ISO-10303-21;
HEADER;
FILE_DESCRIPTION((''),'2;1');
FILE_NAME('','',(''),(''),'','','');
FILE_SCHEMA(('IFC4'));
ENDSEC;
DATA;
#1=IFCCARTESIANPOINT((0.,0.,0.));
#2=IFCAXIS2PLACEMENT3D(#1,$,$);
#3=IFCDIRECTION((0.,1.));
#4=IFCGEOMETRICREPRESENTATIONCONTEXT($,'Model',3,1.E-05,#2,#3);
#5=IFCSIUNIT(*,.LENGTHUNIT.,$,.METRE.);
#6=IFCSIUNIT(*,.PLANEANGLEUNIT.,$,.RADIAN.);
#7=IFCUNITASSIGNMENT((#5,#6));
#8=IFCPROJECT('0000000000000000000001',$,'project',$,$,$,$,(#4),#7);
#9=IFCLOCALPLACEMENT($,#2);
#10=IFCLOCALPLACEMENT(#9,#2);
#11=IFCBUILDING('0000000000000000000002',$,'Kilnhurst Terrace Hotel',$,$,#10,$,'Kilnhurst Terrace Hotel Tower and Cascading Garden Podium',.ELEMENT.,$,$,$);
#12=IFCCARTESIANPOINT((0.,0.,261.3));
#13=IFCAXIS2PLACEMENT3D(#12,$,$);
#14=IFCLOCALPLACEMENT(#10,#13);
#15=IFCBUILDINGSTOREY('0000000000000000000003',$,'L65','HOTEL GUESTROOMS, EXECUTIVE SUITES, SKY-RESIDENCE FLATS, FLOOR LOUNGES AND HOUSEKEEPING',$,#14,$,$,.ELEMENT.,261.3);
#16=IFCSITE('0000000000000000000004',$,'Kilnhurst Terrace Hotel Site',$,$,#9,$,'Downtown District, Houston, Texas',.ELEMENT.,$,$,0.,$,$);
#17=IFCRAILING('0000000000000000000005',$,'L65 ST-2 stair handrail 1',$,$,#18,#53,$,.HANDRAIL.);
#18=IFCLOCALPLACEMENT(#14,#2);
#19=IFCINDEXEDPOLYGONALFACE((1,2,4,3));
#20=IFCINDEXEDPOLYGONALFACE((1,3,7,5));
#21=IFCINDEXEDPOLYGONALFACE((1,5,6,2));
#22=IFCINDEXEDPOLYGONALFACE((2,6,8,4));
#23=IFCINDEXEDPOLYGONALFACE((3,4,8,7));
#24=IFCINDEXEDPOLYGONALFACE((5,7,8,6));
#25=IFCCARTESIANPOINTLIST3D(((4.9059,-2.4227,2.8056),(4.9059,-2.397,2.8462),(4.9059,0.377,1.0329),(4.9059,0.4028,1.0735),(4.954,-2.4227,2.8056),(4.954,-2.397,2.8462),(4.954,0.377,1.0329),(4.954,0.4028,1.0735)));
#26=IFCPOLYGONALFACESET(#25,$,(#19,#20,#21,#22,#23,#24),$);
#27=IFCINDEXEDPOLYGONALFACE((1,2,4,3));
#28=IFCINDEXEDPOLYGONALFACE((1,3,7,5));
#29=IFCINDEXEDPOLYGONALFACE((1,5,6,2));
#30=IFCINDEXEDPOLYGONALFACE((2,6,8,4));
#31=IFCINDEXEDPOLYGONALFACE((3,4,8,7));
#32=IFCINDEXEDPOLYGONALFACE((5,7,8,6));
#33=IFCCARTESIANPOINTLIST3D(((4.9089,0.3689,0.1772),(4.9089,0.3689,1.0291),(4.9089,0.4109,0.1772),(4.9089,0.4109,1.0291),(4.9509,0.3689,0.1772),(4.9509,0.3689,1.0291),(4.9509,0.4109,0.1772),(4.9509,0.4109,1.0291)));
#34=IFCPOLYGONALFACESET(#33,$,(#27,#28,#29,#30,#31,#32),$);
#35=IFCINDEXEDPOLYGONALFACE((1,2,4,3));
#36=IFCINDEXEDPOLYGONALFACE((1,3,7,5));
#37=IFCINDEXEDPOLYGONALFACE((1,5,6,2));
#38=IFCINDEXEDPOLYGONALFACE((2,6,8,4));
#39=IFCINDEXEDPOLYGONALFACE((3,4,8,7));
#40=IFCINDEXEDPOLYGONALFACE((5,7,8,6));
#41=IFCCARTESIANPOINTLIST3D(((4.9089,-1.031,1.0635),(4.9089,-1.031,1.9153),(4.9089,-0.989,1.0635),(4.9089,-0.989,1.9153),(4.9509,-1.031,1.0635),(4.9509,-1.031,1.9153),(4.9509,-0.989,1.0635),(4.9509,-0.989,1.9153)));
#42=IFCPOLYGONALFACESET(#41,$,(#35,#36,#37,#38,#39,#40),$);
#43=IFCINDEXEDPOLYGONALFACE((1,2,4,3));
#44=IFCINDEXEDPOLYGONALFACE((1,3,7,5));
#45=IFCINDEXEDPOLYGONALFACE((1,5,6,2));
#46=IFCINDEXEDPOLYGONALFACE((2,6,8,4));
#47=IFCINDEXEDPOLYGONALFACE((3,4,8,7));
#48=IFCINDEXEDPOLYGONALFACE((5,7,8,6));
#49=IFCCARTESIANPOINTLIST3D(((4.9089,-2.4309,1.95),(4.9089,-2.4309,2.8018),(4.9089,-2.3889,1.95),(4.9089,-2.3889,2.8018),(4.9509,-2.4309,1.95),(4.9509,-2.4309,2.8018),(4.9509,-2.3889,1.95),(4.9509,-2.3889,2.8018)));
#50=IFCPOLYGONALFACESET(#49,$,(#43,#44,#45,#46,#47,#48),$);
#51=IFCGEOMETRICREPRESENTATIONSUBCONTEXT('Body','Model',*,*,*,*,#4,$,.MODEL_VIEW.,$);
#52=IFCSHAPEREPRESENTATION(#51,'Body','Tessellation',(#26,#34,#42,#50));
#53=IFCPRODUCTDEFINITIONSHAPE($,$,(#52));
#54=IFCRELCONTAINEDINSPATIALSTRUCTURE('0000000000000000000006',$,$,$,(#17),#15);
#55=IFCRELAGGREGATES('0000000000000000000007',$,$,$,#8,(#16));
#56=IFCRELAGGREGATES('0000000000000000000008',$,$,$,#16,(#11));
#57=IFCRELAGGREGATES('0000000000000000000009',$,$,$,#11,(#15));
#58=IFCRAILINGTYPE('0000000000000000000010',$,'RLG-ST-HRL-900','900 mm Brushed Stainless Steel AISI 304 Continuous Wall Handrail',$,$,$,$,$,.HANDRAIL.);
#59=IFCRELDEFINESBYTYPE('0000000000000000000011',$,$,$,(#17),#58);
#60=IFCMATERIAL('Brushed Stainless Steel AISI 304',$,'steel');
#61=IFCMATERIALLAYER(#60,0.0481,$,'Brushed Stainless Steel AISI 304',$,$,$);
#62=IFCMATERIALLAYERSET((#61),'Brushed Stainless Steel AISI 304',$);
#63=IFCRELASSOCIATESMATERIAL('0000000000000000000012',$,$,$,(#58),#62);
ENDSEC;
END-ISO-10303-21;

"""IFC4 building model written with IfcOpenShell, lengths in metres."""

from ifc_helpers import new_model, si_unit, direction, frame, origin, origin_2d, place, context, subcontext, project, spatial, rectangle, extrude, material, layer, layer_set, type_object, element, save


model = new_model("IFC4")

# Units and contexts
model_context = context("Model", 3, precision=1e-05, world=origin(), true_north=direction((0.0, 1.0)))
body_context = subcontext(model_context, "Body", "Model", "MODEL_VIEW")
ifc_project = project(units=[si_unit("LENGTHUNIT", "METRE"), si_unit("PLANEANGLEUNIT", "RADIAN")], contexts=[model_context])

# Site, building, storey
site_placement = place(None, origin())
site = spatial("IfcSite", under=ifc_project, at=site_placement, Name="Kilnhurst Terrace Hotel Site", LongName="Downtown District, Houston, Texas", CompositionType="ELEMENT", RefElevation=0.0)
building_placement = place(site_placement, origin())
building = spatial("IfcBuilding", under=site, at=building_placement, Name="Kilnhurst Terrace Hotel", LongName="Kilnhurst Terrace Hotel Tower and Cascading Garden Podium", CompositionType="ELEMENT")
storey_placement = place(building_placement, frame((0.0, 0.0, 261.3)))
storey = spatial("IfcBuildingStorey", under=building, at=storey_placement, Name="L65", Description="HOTEL GUESTROOMS, EXECUTIVE SUITES, SKY-RESIDENCE FLATS, FLOOR LOUNGES AND HOUSEKEEPING", CompositionType="ELEMENT", Elevation=261.3)

# Railing
ifc_material_1 = material(Name="Brushed Stainless Steel AISI 304", Category="steel")
ifc_layer_1 = layer(ifc_material_1, 0.0481, Name="Brushed Stainless Steel AISI 304")
ifc_layer_set_1 = layer_set([ifc_layer_1], Name="Brushed Stainless Steel AISI 304")
railing_type_1 = type_object("IfcRailingType", Name="RLG-ST-HRL-900", Description="900 mm Brushed Stainless Steel AISI 304 Continuous Wall Handrail", PredefinedType="HANDRAIL", material=ifc_layer_set_1)
railing_1_placement = place(storey_placement, frame((4.9299, 0.3899, 0.1772)))
element("IfcRailing", 1, at=railing_1_placement, inside=storey, type_object=railing_type_1, Name="L65 ST-2 stair handrail 1", PredefinedType="HANDRAIL", context=body_context, shape_type="SweptSolid", body=[
    extrude(rectangle(XDim=0.0481, YDim=0.0481, at=origin_2d()), frame((0.0, 0.0, 0.876), z_axis=(0.0, -0.844888, 0.534943), x_axis=(1.0, 0.0, 0.0)), (0.0, 0.0, 1.0), 3.3137),
    extrude(rectangle(XDim=0.042, YDim=0.042, at=origin_2d()), origin(), (0.0, 0.0, 1.0), 0.8518),
    extrude(rectangle(XDim=0.042, YDim=0.042, at=origin_2d()), frame((0.0, -1.3999, 0.8862)), (0.0, 0.0, 1.0), 0.8518),
    extrude(rectangle(XDim=0.042, YDim=0.042, at=origin_2d()), frame((0.0, -2.7998, 1.7727)), (0.0, 0.0, 1.0), 0.8518),
])

save(model, "model.ifc")
